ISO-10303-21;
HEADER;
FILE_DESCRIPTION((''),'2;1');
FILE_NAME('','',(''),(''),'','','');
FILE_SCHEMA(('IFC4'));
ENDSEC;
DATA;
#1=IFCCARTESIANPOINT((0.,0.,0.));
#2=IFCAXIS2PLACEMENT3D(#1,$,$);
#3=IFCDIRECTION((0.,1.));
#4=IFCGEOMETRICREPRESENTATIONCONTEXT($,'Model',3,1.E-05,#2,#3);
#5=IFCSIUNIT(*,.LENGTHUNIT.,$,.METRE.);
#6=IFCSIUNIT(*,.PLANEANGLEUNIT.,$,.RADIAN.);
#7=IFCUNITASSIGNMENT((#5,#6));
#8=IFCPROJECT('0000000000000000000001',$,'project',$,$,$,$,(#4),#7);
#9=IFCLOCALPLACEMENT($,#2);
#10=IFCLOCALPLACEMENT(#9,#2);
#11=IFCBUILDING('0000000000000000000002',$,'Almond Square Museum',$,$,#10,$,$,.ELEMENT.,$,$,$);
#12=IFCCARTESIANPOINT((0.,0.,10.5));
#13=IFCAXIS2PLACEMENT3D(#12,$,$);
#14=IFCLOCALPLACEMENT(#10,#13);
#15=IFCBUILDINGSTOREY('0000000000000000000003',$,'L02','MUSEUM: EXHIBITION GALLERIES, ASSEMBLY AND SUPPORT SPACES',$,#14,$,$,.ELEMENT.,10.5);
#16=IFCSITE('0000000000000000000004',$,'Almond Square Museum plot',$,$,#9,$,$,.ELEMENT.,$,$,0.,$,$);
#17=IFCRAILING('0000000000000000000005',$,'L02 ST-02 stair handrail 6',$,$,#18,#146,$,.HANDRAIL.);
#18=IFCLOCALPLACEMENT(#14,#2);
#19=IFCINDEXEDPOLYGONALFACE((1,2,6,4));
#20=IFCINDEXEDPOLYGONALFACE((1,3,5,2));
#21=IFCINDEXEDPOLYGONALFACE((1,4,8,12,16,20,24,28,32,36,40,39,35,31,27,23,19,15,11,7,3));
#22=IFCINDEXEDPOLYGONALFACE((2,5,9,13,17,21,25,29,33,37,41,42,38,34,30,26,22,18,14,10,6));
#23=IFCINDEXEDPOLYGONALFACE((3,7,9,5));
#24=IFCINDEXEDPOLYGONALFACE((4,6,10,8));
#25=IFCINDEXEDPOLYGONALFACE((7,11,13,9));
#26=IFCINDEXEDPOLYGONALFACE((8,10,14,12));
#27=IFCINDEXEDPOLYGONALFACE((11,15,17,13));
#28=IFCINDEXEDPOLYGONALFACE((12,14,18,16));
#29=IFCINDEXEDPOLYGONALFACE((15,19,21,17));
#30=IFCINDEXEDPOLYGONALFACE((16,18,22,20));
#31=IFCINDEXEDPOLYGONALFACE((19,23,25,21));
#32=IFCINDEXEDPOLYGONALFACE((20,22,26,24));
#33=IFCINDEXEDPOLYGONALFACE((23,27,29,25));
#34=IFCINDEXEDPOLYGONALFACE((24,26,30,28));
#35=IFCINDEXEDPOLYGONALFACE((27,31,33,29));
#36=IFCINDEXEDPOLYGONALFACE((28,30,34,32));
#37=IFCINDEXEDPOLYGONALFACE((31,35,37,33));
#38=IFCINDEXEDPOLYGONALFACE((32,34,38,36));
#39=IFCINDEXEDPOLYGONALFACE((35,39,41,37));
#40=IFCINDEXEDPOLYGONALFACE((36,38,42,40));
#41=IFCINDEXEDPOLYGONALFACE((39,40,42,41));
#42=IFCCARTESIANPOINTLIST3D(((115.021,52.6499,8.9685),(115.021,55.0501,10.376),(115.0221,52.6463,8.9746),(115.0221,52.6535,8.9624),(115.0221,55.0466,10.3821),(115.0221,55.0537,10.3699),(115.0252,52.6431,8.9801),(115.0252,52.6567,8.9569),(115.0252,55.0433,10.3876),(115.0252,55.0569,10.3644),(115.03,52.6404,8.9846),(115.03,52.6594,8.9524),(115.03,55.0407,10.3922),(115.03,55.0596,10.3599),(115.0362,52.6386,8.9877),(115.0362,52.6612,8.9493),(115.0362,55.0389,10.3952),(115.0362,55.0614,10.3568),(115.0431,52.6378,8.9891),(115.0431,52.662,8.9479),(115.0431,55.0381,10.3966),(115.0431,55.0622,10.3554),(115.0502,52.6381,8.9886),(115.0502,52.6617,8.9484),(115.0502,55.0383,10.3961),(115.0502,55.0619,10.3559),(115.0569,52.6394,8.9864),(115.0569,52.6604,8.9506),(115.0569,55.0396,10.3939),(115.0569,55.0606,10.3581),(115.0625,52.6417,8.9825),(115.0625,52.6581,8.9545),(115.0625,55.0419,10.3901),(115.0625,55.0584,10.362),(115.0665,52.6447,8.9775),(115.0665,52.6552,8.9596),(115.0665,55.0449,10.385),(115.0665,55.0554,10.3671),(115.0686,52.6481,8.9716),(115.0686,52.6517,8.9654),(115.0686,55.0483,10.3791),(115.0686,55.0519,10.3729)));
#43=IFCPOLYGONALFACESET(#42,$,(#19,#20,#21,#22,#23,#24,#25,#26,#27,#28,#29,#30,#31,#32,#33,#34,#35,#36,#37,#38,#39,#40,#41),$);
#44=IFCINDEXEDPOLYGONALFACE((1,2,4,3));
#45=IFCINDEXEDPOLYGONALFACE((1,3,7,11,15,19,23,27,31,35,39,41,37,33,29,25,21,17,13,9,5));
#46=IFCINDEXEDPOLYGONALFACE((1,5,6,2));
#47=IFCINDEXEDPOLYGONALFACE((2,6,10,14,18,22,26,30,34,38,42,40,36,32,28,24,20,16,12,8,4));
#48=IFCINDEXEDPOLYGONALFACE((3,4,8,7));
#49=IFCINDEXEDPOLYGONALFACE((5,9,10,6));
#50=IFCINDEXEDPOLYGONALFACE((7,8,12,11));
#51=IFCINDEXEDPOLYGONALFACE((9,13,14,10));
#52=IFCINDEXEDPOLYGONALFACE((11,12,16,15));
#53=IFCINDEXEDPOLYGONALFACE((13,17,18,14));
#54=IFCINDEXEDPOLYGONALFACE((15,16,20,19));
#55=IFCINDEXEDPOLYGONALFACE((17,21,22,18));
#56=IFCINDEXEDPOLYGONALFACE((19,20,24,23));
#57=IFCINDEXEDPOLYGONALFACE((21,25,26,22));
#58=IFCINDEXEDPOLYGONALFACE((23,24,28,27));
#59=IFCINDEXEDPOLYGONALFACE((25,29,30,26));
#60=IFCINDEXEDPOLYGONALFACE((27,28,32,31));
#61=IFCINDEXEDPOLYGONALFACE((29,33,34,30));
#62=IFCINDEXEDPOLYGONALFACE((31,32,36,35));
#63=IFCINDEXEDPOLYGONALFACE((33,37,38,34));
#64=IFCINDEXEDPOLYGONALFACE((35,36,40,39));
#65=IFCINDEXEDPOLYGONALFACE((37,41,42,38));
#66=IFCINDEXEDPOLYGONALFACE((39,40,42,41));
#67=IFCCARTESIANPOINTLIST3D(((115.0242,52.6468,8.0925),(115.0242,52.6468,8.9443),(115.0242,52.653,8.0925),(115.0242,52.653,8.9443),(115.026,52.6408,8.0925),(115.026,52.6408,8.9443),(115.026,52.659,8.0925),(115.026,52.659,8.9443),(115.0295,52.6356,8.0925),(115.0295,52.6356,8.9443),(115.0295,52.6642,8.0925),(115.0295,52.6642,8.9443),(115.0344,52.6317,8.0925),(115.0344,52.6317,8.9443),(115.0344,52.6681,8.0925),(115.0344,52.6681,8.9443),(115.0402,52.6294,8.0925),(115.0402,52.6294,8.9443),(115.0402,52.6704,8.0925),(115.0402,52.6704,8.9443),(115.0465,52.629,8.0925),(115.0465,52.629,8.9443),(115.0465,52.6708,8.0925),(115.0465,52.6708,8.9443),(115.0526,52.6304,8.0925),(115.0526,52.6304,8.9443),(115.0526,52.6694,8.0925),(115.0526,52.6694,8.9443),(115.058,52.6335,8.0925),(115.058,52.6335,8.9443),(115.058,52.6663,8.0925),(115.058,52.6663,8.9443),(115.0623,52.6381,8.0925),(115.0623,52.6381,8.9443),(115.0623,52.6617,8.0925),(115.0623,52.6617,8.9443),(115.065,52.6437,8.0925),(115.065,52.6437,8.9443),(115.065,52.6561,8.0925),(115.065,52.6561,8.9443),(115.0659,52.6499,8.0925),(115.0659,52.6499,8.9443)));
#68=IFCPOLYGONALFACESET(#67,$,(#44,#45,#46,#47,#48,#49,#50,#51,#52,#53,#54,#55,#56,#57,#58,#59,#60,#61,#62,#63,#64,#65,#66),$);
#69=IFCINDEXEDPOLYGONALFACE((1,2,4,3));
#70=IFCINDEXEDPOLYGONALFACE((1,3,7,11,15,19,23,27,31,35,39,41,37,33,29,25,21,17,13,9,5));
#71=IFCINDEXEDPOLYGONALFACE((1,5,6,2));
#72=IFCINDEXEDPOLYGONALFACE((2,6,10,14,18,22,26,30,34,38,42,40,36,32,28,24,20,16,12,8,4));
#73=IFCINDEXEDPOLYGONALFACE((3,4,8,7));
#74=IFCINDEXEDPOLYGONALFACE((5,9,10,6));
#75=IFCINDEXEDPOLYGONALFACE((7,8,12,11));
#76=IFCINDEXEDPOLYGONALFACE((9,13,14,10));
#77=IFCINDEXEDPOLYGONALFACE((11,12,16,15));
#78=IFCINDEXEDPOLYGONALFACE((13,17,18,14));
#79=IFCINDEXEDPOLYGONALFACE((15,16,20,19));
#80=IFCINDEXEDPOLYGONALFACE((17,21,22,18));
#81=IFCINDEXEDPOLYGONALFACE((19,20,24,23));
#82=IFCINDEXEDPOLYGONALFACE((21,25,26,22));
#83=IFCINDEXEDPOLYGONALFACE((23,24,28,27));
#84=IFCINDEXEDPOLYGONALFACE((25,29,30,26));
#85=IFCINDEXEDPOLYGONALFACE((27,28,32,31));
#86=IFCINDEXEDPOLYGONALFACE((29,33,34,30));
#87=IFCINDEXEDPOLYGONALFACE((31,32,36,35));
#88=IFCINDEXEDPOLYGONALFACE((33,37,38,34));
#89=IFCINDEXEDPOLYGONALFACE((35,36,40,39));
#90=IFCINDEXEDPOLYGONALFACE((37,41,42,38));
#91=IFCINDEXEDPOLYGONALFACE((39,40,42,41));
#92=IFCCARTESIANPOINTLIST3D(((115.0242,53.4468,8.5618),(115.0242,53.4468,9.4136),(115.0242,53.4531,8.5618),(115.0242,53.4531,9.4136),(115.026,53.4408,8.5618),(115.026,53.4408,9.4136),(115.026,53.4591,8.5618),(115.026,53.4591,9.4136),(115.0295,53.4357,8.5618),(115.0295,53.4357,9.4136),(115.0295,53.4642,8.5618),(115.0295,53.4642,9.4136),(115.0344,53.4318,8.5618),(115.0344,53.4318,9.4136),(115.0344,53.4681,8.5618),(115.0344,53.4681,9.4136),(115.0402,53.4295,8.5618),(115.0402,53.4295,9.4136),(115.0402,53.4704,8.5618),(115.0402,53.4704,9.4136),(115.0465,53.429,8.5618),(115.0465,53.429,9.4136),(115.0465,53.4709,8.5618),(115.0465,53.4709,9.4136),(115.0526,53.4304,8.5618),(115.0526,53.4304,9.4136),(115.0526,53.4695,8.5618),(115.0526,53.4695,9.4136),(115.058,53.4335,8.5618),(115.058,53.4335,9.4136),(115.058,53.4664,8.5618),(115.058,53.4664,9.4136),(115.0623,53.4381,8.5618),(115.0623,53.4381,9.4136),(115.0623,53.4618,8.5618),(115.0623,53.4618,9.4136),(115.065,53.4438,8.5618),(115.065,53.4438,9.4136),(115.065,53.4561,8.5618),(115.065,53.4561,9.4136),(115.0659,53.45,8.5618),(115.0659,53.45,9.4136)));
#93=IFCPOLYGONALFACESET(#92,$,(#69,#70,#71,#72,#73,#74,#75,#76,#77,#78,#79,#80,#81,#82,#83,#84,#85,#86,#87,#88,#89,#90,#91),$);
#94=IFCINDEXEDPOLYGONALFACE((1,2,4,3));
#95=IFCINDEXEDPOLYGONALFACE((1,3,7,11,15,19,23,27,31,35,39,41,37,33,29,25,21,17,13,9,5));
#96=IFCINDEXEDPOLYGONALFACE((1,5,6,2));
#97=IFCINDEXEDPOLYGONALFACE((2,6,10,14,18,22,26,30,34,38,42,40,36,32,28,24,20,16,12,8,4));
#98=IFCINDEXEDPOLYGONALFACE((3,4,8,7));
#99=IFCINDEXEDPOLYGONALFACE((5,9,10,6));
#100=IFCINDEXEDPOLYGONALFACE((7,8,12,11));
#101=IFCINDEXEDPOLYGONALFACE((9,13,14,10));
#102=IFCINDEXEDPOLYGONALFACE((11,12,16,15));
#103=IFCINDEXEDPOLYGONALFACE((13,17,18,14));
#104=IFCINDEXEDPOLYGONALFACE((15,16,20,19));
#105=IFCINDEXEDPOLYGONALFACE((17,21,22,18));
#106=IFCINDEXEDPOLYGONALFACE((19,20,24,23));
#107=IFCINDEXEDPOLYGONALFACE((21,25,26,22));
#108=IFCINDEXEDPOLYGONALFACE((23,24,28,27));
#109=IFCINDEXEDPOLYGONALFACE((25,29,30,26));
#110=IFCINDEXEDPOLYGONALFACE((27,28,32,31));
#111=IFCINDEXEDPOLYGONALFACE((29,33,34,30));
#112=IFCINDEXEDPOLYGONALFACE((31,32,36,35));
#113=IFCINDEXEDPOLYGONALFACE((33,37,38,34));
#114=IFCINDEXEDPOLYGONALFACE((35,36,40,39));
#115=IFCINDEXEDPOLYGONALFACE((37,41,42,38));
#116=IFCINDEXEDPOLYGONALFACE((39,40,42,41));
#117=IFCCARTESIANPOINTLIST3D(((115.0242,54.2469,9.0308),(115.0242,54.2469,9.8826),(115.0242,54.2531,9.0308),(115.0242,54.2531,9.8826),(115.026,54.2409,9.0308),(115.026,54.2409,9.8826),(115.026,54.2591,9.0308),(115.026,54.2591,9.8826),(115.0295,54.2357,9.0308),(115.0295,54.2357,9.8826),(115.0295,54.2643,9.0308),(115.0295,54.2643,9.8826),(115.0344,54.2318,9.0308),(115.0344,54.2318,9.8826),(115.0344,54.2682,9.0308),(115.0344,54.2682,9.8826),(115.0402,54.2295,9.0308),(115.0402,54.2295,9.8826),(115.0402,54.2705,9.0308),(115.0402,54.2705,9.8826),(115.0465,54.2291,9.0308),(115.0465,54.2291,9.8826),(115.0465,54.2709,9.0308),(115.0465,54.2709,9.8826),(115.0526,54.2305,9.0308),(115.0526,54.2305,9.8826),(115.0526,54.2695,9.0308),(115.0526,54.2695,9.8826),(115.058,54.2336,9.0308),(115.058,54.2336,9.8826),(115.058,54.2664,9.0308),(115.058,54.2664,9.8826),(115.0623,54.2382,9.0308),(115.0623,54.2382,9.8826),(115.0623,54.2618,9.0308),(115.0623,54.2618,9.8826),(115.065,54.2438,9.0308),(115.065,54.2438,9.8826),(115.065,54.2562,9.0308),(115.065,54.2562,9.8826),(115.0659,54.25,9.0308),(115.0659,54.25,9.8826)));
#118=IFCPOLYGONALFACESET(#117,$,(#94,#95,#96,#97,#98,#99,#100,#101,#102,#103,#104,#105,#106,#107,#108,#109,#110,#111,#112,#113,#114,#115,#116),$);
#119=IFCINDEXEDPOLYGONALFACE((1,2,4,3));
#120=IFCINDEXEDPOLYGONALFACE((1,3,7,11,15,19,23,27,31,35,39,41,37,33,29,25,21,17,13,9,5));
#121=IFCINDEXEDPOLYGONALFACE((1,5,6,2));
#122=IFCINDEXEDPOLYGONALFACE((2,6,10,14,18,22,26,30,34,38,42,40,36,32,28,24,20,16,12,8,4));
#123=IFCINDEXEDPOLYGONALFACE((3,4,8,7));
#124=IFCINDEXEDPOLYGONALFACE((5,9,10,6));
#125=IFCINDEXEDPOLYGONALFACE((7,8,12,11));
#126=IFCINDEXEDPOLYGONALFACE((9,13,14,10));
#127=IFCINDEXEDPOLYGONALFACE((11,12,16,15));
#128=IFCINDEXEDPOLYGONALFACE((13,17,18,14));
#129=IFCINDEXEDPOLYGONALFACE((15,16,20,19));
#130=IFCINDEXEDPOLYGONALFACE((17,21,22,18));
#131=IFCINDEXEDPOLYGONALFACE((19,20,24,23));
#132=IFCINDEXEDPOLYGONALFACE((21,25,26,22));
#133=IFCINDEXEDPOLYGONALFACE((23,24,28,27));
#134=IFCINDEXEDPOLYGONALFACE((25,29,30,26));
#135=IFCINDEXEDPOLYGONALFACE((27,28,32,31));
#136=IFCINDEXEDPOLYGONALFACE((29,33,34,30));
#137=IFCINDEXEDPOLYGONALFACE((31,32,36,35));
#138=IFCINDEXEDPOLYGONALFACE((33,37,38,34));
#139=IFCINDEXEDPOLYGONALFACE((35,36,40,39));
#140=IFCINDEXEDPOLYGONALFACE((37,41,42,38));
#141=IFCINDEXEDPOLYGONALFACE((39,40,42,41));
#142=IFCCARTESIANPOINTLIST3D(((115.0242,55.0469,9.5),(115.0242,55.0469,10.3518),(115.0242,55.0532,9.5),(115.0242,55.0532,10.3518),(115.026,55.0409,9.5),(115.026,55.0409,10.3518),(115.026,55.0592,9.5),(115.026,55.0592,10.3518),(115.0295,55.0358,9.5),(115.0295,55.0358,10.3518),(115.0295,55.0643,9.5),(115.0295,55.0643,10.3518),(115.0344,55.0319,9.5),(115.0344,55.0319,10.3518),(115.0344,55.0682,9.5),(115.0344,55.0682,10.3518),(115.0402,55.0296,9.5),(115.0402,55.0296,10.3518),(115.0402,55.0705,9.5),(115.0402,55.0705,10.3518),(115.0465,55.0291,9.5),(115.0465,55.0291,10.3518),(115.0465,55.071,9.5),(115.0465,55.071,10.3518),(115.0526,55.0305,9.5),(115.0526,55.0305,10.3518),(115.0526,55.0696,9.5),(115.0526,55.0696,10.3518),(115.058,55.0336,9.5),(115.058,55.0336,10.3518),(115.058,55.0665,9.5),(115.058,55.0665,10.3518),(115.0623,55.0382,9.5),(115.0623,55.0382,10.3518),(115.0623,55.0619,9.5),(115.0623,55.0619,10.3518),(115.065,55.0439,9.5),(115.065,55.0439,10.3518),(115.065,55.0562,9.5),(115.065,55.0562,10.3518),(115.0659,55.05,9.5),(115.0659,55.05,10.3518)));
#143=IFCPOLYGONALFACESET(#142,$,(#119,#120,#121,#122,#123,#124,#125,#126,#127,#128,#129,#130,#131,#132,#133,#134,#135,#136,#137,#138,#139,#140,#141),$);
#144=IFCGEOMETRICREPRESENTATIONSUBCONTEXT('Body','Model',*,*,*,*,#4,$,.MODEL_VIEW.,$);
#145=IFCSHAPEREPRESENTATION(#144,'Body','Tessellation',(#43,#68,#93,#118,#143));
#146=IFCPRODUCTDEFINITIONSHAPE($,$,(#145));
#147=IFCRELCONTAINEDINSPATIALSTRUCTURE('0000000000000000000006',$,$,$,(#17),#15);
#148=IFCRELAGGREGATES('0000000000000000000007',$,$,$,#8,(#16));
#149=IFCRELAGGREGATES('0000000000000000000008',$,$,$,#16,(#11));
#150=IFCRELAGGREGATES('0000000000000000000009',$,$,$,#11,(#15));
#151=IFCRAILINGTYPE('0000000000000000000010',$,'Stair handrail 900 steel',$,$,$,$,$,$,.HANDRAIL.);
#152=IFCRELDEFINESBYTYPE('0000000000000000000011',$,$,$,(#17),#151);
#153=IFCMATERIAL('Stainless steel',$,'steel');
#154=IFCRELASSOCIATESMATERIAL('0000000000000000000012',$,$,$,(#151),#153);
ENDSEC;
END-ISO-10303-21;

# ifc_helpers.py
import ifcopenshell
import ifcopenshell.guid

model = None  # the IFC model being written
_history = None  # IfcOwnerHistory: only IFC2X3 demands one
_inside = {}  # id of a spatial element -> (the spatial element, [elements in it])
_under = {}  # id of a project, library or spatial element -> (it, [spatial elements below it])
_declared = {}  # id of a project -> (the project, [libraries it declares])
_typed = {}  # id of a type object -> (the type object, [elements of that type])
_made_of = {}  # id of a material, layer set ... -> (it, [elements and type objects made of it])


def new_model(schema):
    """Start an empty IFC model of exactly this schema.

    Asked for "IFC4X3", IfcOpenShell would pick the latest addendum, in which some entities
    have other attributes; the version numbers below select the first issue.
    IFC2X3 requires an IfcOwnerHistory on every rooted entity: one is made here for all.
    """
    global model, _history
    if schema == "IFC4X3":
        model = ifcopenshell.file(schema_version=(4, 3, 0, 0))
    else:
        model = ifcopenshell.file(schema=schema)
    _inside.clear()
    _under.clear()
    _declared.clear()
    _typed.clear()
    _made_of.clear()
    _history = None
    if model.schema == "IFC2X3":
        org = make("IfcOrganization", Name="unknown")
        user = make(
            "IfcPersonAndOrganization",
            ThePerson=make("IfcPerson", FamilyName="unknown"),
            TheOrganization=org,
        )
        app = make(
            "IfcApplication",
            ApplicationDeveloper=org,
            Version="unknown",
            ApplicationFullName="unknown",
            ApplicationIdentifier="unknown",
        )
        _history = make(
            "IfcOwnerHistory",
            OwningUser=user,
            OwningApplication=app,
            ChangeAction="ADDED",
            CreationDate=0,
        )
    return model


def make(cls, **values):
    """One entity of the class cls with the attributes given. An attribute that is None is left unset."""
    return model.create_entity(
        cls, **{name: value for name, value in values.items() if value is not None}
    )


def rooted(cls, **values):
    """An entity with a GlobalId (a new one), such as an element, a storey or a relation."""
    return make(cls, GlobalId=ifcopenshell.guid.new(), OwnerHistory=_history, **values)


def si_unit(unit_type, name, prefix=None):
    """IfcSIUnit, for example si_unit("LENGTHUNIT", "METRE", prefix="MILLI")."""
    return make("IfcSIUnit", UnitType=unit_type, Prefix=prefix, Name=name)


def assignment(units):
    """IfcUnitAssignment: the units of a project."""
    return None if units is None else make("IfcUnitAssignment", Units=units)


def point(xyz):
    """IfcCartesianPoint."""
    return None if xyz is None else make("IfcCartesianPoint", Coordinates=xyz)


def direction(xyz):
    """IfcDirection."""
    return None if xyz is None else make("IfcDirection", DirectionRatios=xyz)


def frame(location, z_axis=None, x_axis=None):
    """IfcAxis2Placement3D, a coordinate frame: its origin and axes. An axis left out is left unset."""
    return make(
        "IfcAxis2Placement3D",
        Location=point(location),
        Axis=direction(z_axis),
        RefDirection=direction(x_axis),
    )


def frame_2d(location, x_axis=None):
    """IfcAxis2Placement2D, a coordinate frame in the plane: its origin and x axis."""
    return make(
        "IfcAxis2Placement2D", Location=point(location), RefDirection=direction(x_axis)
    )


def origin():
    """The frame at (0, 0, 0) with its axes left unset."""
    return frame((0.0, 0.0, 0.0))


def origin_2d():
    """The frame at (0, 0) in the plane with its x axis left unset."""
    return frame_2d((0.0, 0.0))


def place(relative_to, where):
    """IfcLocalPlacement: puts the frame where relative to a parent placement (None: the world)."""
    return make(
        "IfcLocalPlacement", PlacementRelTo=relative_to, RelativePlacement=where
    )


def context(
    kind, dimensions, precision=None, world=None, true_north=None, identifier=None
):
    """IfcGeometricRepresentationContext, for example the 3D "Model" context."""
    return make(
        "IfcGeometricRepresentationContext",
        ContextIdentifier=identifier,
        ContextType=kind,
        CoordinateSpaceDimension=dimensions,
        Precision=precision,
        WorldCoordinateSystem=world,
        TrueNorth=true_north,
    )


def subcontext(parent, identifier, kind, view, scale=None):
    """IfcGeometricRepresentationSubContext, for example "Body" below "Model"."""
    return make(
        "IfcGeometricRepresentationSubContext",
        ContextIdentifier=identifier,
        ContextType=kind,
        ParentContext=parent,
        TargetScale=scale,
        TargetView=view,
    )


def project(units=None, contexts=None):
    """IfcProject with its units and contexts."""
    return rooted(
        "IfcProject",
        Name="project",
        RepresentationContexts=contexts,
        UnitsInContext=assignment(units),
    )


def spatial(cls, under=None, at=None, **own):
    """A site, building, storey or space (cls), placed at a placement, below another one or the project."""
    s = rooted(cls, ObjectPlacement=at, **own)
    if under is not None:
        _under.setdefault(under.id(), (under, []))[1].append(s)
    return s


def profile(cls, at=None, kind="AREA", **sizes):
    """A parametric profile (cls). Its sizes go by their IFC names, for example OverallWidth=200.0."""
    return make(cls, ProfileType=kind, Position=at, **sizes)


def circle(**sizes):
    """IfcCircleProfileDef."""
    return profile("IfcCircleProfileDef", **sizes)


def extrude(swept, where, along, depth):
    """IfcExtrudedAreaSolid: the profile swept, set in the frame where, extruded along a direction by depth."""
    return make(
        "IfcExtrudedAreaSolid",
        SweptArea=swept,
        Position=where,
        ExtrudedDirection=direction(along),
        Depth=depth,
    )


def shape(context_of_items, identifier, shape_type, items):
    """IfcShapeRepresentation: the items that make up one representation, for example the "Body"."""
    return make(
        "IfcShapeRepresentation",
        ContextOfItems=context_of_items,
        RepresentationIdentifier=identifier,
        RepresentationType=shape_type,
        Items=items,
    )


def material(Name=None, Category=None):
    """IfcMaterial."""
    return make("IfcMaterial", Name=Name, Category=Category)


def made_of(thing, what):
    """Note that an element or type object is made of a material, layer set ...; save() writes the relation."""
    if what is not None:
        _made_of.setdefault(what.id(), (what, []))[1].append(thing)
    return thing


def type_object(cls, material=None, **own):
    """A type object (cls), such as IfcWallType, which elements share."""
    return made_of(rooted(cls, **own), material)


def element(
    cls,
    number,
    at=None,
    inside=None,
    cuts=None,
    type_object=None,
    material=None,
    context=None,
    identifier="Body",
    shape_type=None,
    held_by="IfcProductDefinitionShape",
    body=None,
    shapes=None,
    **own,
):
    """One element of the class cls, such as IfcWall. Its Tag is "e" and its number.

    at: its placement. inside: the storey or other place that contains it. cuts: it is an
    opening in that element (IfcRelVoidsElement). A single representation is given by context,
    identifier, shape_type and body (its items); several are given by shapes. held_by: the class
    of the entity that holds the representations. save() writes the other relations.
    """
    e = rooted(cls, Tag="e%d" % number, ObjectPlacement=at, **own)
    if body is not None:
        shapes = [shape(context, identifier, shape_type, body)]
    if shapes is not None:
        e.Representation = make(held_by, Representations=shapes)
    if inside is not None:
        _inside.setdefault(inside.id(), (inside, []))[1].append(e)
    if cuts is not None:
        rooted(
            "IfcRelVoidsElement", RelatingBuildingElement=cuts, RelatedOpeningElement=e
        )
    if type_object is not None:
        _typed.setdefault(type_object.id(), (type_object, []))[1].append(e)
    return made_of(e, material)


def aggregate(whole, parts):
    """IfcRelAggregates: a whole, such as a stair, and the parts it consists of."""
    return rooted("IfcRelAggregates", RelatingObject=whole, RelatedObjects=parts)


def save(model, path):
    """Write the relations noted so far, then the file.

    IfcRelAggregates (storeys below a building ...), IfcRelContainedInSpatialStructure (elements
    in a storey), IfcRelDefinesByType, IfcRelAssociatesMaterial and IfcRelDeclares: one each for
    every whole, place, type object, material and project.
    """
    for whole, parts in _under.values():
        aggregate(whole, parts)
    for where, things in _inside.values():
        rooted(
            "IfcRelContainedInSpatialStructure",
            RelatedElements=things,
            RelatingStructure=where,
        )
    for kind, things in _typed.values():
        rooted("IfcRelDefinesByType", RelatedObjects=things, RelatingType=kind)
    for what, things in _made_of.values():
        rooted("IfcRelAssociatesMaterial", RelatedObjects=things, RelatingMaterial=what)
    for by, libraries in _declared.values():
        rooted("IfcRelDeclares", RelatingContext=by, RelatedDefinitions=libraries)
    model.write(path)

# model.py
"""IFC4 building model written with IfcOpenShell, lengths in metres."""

from ifc_helpers import new_model, si_unit, direction, frame, origin, origin_2d, place, context, subcontext, project, spatial, circle, extrude, material, type_object, element, save


model = new_model("IFC4")

# Units and contexts
model_context = context("Model", 3, precision=1e-05, world=origin(), true_north=direction((0.0, 1.0)))
body_context = subcontext(model_context, "Body", "Model", "MODEL_VIEW")
ifc_project = project(units=[si_unit("LENGTHUNIT", "METRE"), si_unit("PLANEANGLEUNIT", "RADIAN")], contexts=[model_context])

# Site, building, storey
site_placement = place(None, origin())
site = spatial("IfcSite", under=ifc_project, at=site_placement, Name="Almond Square Museum plot", CompositionType="ELEMENT", RefElevation=0.0)
building_placement = place(site_placement, origin())
building = spatial("IfcBuilding", under=site, at=building_placement, Name="Almond Square Museum", CompositionType="ELEMENT")
storey_placement = place(building_placement, frame((0.0, 0.0, 10.5)))
storey = spatial("IfcBuildingStorey", under=building, at=storey_placement, Name="L02", Description="MUSEUM: EXHIBITION GALLERIES, ASSEMBLY AND SUPPORT SPACES", CompositionType="ELEMENT", Elevation=10.5)

# Railing
ifc_material_1 = material(Name="Stainless steel", Category="steel")
railing_type_1 = type_object("IfcRailingType", Name="Stair handrail 900 steel", PredefinedType="HANDRAIL", material=ifc_material_1)
railing_1_placement = place(storey_placement, frame((115.0449, 52.6499, 8.0925)))
element("IfcRailing", 1, at=railing_1_placement, inside=storey, type_object=railing_type_1, Name="L02 ST-02 stair handrail 6", PredefinedType="HANDRAIL", context=body_context, shape_type="SweptSolid", body=[
    extrude(circle(Radius=0.0239, at=origin_2d()), frame((0.0, 0.0, 0.876), z_axis=(0.0, 0.862621, 0.50585), x_axis=(-1.0, 0.0, 0.0)), (0.0, 0.0, 1.0), 2.7825),
    extrude(circle(Radius=0.021, at=origin_2d()), origin(), (0.0, 0.0, 1.0), 0.8518),
    extrude(circle(Radius=0.021, at=origin_2d()), frame((0.0, 0.8, 0.4692)), (0.0, 0.0, 1.0), 0.8518),
    extrude(circle(Radius=0.021, at=origin_2d()), frame((0.0, 1.6001, 0.9382)), (0.0, 0.0, 1.0), 0.8518),
    extrude(circle(Radius=0.021, at=origin_2d()), frame((0.0, 2.4001, 1.4075)), (0.0, 0.0, 1.0), 0.8518),
])

save(model, "model.ifc")
